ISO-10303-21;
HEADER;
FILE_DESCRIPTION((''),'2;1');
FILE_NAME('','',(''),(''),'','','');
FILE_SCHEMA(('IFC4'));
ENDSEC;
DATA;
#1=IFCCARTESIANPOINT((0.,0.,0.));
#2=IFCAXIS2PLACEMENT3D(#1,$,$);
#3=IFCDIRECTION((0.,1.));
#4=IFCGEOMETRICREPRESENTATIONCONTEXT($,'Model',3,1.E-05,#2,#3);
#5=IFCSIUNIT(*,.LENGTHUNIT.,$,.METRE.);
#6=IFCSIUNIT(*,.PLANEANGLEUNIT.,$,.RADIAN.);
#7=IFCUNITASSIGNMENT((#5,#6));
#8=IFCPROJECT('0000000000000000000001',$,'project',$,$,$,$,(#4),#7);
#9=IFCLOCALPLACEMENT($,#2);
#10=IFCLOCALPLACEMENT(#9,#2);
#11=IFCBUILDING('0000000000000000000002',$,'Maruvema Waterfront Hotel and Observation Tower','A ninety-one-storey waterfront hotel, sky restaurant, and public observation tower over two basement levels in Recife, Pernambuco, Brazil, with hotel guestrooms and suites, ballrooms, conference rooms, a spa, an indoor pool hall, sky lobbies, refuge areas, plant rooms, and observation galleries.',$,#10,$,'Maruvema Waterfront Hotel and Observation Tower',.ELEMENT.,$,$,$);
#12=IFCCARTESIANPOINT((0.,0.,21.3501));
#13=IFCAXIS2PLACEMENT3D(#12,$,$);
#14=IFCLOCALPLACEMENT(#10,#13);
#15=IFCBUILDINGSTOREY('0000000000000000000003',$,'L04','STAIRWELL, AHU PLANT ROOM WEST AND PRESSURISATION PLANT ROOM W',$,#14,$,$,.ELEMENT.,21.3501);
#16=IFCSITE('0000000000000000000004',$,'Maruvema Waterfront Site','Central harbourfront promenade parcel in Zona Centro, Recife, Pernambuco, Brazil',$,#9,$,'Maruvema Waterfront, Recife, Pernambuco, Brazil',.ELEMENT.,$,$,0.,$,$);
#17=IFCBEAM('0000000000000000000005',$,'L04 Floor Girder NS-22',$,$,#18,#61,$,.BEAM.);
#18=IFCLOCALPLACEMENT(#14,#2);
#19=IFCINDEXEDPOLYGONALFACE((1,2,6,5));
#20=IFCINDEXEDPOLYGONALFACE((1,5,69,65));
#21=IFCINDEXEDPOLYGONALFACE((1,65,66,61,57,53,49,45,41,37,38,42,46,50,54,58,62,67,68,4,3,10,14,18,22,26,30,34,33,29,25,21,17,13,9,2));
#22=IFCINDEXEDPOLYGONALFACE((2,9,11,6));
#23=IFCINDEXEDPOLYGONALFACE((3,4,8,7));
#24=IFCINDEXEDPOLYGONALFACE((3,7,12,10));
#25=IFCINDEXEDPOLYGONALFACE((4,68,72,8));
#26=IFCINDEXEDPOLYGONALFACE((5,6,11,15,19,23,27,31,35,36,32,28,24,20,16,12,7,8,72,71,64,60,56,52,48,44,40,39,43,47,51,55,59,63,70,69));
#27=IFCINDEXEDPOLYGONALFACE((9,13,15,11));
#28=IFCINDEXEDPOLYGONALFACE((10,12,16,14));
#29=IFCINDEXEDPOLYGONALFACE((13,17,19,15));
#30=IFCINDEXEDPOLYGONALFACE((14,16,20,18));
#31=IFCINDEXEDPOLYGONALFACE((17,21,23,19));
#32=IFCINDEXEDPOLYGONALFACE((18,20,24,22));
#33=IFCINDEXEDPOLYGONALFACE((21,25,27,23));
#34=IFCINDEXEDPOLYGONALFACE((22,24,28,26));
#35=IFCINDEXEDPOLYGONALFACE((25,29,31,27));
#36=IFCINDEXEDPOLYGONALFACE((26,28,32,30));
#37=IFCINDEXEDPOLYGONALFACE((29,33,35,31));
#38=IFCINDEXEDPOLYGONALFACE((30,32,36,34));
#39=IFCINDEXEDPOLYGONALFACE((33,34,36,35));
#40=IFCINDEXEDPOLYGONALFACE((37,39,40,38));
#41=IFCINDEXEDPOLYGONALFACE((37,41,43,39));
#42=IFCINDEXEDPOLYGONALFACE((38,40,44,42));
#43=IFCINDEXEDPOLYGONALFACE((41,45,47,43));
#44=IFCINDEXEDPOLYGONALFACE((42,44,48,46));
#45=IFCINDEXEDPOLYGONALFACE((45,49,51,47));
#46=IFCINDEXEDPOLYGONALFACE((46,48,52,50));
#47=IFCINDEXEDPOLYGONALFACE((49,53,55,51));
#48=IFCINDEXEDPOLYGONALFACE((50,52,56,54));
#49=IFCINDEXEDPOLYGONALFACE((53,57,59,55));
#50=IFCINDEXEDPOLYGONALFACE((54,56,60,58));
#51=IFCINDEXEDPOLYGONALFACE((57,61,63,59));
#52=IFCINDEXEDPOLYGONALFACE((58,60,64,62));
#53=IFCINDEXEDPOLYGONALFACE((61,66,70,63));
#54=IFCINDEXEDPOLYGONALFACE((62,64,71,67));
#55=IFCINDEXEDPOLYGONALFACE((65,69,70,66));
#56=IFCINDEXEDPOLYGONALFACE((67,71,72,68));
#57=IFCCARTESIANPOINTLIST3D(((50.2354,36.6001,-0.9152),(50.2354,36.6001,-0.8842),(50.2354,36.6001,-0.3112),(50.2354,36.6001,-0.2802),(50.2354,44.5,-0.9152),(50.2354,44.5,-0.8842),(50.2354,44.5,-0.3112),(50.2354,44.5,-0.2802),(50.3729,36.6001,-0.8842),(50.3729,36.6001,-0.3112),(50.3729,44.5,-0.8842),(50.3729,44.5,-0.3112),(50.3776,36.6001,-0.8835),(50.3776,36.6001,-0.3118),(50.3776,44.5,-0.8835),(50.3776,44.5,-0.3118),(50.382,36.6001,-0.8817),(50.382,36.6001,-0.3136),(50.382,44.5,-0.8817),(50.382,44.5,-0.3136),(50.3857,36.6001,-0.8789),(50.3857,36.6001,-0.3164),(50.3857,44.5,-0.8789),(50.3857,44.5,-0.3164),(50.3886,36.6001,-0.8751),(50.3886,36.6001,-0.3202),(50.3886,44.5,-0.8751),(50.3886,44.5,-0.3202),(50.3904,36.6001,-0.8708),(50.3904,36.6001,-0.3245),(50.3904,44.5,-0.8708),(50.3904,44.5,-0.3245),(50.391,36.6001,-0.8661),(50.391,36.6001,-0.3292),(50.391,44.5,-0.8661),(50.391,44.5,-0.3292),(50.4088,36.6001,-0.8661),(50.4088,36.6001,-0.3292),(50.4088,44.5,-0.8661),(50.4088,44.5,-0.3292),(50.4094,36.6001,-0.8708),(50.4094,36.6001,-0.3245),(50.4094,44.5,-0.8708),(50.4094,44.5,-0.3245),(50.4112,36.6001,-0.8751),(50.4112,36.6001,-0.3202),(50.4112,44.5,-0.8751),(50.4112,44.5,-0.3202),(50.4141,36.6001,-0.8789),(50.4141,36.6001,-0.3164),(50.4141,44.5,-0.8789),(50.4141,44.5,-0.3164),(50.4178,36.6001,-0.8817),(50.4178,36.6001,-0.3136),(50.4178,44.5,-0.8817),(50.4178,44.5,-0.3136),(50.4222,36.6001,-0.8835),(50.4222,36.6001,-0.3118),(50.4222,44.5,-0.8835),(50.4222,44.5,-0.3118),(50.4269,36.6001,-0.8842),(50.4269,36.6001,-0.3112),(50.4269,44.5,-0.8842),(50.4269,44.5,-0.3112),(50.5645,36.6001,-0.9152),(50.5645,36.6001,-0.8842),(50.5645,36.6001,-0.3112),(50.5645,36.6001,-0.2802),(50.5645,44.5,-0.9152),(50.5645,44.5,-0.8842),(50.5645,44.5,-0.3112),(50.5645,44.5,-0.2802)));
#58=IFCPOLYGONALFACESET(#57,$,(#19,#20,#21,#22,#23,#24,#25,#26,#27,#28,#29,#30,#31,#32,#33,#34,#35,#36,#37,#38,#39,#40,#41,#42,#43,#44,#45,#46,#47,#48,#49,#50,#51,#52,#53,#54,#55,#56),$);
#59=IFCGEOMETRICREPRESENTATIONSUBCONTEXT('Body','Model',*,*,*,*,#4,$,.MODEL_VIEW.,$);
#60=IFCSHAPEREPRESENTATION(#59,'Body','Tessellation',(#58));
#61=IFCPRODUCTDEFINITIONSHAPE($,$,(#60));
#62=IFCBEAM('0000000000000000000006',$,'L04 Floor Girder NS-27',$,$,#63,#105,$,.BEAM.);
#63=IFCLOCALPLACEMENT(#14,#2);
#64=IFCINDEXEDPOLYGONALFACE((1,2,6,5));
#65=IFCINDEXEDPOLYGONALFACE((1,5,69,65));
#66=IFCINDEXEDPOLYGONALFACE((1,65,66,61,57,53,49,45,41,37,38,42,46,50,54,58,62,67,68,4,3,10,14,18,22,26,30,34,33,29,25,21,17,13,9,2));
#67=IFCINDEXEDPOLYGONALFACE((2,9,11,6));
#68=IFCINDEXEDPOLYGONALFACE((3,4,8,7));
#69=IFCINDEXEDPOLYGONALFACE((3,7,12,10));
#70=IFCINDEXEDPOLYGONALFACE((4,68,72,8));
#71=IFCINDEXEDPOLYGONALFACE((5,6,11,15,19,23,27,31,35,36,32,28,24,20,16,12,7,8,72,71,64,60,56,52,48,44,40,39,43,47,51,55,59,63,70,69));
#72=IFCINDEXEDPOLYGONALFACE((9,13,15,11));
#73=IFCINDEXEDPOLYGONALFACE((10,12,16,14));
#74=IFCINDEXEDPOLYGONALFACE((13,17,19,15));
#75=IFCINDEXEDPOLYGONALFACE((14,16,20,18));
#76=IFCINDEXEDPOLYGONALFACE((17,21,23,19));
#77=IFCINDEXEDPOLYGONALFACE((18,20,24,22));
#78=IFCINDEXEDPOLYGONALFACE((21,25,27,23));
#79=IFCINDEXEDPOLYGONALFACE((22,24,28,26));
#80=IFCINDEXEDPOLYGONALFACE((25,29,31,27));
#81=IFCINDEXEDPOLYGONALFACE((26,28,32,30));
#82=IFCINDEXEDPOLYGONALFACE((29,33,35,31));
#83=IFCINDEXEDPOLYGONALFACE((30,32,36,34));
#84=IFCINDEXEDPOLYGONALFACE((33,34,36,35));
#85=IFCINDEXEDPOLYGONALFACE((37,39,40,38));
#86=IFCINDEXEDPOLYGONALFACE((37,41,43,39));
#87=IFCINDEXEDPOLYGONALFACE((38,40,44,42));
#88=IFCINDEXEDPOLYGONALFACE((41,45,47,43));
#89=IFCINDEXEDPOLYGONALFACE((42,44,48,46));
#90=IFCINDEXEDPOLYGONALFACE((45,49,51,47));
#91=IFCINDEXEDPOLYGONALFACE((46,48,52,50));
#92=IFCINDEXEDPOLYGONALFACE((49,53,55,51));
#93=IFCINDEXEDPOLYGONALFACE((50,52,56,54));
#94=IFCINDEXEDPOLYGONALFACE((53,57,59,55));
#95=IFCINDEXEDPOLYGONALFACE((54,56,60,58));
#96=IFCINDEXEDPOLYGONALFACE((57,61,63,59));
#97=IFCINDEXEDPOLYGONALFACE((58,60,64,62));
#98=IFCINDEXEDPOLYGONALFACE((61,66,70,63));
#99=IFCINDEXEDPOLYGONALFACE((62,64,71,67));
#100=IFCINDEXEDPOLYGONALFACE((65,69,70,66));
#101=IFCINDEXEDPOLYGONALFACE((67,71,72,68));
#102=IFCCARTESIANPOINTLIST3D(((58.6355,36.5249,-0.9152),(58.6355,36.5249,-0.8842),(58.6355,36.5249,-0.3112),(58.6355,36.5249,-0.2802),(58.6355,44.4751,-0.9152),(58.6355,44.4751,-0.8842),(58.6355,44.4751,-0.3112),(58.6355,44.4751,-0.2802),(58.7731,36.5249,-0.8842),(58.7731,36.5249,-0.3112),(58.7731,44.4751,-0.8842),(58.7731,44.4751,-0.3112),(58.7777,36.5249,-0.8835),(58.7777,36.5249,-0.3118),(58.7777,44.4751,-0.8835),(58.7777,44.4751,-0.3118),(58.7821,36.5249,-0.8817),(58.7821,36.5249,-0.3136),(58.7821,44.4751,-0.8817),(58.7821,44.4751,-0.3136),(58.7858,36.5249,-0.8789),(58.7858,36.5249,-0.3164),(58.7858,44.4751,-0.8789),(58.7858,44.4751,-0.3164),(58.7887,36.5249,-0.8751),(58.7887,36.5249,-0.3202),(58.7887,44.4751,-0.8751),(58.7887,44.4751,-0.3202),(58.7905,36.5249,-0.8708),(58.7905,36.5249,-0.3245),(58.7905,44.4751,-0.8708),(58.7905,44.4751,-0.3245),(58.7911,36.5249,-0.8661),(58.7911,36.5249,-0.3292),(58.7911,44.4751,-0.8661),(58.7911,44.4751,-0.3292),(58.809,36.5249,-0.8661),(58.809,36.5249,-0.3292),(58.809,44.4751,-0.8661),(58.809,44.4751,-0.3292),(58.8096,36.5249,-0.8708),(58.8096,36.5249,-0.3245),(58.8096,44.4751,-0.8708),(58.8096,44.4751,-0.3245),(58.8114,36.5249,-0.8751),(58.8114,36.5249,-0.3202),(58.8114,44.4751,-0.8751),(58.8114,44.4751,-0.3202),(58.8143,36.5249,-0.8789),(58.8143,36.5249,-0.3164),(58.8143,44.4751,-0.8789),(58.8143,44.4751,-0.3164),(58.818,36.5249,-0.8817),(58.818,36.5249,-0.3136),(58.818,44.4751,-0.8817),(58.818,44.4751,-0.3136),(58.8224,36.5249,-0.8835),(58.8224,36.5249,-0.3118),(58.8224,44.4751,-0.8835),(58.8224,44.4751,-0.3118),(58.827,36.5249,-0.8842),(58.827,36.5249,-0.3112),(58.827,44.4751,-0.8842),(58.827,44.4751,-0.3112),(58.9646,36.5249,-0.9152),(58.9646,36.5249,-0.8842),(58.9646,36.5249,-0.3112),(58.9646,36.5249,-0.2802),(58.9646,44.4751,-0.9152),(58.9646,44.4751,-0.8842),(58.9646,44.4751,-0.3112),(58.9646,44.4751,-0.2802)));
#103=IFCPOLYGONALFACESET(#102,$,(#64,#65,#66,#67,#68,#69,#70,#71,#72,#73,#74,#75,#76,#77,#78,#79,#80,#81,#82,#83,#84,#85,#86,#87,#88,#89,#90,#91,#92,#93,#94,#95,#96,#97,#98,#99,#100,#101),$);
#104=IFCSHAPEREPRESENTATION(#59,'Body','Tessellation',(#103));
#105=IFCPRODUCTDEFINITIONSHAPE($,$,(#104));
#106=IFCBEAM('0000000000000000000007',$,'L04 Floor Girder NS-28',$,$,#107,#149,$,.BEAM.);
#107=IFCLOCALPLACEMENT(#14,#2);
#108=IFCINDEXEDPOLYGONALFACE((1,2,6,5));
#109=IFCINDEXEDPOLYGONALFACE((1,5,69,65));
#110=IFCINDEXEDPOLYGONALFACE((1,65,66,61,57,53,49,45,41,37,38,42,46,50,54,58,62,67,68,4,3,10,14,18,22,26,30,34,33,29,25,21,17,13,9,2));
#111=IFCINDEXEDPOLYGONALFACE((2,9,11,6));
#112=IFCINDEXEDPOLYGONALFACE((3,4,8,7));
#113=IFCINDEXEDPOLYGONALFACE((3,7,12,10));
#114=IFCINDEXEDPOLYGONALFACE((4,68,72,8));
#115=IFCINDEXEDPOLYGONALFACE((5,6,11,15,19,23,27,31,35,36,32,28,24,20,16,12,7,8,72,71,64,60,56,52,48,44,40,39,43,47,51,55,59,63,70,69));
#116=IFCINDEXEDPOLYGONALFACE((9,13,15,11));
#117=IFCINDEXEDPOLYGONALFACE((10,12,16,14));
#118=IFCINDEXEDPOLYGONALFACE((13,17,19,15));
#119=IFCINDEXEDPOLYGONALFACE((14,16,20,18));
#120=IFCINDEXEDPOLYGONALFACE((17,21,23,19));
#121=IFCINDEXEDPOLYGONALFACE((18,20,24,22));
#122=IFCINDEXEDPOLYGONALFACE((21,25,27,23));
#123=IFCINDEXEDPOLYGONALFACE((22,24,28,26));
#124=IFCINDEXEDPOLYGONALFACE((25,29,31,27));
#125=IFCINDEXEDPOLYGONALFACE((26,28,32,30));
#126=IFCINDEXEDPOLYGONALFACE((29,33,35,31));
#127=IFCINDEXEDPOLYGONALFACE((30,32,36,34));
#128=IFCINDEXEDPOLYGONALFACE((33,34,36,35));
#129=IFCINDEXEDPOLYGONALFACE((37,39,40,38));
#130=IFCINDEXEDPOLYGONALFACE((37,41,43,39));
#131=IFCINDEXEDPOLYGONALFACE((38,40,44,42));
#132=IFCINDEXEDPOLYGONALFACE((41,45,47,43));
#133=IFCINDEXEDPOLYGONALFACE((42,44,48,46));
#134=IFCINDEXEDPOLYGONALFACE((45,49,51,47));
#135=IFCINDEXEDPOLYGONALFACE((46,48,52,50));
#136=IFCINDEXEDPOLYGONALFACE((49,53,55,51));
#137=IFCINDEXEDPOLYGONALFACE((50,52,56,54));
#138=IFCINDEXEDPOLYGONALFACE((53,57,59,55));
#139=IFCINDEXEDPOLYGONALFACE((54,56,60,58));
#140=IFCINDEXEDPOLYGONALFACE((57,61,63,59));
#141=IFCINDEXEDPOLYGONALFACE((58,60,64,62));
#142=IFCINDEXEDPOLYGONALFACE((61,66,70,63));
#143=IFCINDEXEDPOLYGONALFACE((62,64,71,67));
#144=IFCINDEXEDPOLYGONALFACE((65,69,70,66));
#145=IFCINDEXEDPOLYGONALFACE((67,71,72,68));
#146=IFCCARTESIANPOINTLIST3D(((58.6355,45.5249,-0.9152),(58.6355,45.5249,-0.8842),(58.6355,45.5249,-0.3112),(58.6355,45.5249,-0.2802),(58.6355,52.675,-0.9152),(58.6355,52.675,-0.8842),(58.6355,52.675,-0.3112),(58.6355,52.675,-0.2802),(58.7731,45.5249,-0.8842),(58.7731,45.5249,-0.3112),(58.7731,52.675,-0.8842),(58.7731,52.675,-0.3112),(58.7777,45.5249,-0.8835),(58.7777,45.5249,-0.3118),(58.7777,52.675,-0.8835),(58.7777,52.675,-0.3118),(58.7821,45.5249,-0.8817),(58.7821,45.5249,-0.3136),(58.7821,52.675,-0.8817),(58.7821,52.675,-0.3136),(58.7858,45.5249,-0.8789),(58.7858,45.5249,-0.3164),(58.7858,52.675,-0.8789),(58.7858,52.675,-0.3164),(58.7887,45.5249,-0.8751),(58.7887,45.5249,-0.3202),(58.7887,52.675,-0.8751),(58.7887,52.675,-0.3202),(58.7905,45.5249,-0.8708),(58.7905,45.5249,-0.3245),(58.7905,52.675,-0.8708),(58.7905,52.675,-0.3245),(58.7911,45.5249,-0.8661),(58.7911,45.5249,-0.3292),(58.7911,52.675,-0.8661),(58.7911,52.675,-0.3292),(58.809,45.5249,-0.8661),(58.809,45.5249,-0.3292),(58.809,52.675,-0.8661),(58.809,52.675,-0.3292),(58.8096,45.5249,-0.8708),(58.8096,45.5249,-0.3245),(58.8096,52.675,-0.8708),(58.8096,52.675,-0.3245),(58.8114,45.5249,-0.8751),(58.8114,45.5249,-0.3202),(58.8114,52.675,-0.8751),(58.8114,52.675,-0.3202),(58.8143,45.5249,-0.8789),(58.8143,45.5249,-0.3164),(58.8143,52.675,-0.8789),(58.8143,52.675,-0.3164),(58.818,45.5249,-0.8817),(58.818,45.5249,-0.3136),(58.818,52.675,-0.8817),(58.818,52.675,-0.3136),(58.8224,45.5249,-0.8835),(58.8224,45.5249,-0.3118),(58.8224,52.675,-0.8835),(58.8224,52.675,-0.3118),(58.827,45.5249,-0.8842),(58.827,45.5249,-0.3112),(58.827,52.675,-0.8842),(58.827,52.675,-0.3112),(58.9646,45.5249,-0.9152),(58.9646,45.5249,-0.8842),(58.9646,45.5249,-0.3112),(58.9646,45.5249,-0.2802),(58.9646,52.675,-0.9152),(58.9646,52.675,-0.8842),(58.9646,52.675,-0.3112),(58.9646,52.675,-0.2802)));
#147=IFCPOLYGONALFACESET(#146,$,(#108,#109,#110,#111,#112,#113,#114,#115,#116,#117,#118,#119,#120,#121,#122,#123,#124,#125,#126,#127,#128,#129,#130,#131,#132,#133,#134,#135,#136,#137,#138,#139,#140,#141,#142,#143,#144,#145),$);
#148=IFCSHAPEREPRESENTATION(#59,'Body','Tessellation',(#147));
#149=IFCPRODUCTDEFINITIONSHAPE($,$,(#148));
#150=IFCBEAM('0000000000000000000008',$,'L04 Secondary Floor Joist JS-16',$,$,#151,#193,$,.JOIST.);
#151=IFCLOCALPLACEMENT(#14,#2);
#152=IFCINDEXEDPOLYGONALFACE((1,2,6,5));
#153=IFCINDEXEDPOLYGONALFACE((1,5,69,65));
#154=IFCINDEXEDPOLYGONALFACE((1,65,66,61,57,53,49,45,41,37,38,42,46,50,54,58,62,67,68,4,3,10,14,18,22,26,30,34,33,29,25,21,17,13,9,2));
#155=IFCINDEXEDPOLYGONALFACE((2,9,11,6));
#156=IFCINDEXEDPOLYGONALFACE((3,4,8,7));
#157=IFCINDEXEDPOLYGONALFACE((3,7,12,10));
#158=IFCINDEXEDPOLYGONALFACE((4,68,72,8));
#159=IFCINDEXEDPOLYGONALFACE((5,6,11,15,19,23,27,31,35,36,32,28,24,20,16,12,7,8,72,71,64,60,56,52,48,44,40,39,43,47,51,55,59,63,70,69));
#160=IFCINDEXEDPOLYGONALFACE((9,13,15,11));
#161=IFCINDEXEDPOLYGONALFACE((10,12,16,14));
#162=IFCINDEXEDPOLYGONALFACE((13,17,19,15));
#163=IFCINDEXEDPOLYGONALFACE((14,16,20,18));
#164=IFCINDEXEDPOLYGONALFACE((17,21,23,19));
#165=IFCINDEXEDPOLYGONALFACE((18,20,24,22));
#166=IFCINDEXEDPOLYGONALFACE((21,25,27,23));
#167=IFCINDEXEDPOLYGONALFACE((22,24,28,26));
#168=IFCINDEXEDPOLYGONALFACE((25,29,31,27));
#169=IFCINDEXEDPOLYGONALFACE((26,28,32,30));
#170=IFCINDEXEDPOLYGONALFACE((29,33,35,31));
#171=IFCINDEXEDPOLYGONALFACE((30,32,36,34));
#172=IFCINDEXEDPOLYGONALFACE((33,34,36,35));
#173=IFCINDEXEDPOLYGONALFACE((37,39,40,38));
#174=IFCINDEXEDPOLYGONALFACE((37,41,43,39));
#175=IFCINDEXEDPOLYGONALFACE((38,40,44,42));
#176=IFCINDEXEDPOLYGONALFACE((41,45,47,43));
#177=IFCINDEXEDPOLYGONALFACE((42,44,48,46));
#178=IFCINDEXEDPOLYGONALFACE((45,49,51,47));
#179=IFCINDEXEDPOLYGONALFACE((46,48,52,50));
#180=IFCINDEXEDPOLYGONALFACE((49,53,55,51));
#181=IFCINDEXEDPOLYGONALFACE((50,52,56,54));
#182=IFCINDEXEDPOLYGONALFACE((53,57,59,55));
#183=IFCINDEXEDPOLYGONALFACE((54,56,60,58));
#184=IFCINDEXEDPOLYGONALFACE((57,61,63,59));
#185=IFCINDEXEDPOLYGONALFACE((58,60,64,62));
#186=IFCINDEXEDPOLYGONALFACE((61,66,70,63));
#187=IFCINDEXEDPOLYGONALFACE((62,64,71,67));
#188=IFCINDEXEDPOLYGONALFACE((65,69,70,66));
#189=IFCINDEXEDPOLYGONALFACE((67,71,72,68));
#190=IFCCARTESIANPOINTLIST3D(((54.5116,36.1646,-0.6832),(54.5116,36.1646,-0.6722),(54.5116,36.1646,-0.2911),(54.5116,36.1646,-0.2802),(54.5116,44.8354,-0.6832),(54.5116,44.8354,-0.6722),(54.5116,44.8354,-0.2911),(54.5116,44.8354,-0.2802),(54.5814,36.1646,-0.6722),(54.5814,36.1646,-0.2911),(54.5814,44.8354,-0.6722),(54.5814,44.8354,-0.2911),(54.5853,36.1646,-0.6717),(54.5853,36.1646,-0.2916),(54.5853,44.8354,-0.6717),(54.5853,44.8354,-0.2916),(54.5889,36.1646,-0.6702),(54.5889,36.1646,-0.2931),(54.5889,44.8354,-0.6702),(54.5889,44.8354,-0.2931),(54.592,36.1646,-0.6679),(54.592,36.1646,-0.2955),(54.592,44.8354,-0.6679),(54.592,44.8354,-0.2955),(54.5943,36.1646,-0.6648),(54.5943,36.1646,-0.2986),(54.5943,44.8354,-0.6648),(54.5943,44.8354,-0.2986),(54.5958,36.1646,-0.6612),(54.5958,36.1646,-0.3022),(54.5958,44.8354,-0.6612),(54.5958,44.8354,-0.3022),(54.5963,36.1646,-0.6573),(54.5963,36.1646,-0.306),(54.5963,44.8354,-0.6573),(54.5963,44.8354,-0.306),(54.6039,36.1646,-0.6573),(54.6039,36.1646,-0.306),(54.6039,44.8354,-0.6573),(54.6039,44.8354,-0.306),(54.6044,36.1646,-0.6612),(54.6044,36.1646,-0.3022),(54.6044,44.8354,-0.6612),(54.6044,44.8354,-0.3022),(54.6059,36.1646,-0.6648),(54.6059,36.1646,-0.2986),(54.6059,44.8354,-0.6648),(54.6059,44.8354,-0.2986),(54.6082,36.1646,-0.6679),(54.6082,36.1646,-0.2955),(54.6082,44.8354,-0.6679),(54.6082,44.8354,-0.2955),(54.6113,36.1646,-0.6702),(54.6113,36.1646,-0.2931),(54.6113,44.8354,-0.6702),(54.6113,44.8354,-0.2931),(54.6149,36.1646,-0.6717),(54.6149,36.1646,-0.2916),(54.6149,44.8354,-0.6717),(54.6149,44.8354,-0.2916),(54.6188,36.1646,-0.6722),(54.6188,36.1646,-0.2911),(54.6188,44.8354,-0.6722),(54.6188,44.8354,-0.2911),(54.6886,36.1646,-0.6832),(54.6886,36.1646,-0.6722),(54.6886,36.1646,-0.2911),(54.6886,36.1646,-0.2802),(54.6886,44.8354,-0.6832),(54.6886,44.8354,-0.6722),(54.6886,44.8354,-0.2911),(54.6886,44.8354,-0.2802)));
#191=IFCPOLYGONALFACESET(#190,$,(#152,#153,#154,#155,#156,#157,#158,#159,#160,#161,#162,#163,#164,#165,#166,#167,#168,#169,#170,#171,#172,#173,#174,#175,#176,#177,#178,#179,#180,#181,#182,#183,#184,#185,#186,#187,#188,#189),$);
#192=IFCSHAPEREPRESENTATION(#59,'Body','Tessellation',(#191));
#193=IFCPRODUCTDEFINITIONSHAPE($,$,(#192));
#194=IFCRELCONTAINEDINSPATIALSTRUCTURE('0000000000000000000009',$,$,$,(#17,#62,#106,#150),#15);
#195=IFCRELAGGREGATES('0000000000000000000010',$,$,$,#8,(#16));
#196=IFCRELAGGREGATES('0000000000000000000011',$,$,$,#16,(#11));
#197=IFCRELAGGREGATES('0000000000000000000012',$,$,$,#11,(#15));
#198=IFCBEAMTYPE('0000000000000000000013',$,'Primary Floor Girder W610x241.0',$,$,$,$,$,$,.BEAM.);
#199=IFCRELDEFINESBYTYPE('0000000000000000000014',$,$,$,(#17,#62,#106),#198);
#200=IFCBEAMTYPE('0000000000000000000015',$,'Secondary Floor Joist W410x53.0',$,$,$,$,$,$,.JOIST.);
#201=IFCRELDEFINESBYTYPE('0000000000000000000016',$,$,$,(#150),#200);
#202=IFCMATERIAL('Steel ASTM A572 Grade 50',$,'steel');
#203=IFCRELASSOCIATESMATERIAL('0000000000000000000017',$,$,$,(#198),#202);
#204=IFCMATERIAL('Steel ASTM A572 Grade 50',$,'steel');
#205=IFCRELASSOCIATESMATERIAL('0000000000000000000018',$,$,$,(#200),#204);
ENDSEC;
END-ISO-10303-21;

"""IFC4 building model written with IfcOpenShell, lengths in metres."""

from ifc_helpers import new_model, si_unit, direction, frame, origin, origin_2d, place, context, subcontext, project, spatial, i_section, extrude, material, material_profile, profile_set, type_object, element, save


model = new_model("IFC4")

# Units and contexts
model_context = context("Model", 3, precision=1e-05, world=origin(), true_north=direction((0.0, 1.0)))
body_context = subcontext(model_context, "Body", "Model", "MODEL_VIEW")
ifc_project = project(units=[si_unit("LENGTHUNIT", "METRE"), si_unit("PLANEANGLEUNIT", "RADIAN")], contexts=[model_context])

# Site, building, storey
site_placement = place(None, origin())
site = spatial("IfcSite", under=ifc_project, at=site_placement, Name="Maruvema Waterfront Site", Description="Central harbourfront promenade parcel in Zona Centro, Recife, Pernambuco, Brazil", LongName="Maruvema Waterfront, Recife, Pernambuco, Brazil", CompositionType="ELEMENT", RefElevation=0.0)
building_placement = place(site_placement, origin())
building = spatial("IfcBuilding", under=site, at=building_placement, Name="Maruvema Waterfront Hotel and Observation Tower", Description="A ninety-one-storey waterfront hotel, sky restaurant, and public observation tower over two basement levels in Recife, Pernambuco, Brazil, with hotel guestrooms and suites, ballrooms, conference rooms, a spa, an indoor pool hall, sky lobbies, refuge areas, plant rooms, and observation galleries.", LongName="Maruvema Waterfront Hotel and Observation Tower", CompositionType="ELEMENT")
storey_placement = place(building_placement, frame((0.0, 0.0, 21.3501)))
storey = spatial("IfcBuildingStorey", under=building, at=storey_placement, Name="L04", Description="STAIRWELL, AHU PLANT ROOM WEST AND PRESSURISATION PLANT ROOM W", CompositionType="ELEMENT", Elevation=21.3501)

# Beams
ifc_material_1 = material(Name="Steel ASTM A572 Grade 50", Category="steel")
ifc_material_profile_1 = material_profile(ifc_material_1, i_section(OverallWidth=0.3291, OverallDepth=0.635, WebThickness=0.0178, FlangeThickness=0.031, FilletRadius=0.0181, at=origin_2d()), Name="W610x241.0")
ifc_profile_set_1 = profile_set([ifc_material_profile_1], Name="Steel ASTM A572 Grade 50")
beam_type_1 = type_object("IfcBeamType", Name="Primary Floor Girder W610x241.0", PredefinedType="BEAM", material=ifc_profile_set_1)
beam_1_placement = place(storey_placement, frame((50.3999, 36.6001, -0.5977), z_axis=(0.0, 1.0, 0.0), x_axis=(-1.0, 0.0, 0.0)))
element("IfcBeam", 1, at=beam_1_placement, inside=storey, type_object=beam_type_1, Name="L04 Floor Girder NS-22", PredefinedType="BEAM", context=body_context, shape_type="SweptSolid", body=[
    extrude(i_section(OverallWidth=0.3291, OverallDepth=0.635, WebThickness=0.0178, FlangeThickness=0.031, FilletRadius=0.0181, at=origin_2d()), origin(), (0.0, 0.0, 1.0), 7.8999),
])
beam_2_placement = place(storey_placement, frame((58.8, 36.5249, -0.5977), z_axis=(0.0, 1.0, 0.0), x_axis=(-1.0, 0.0, 0.0)))
element("IfcBeam", 2, at=beam_2_placement, inside=storey, type_object=beam_type_1, Name="L04 Floor Girder NS-27", PredefinedType="BEAM", context=body_context, shape_type="SweptSolid", body=[
    extrude(i_section(OverallWidth=0.3291, OverallDepth=0.635, WebThickness=0.0178, FlangeThickness=0.031, FilletRadius=0.0181, at=origin_2d()), origin(), (0.0, 0.0, 1.0), 7.9502),
])
beam_3_placement = place(storey_placement, frame((58.8, 45.5249, -0.5977), z_axis=(0.0, 1.0, 0.0), x_axis=(-1.0, 0.0, 0.0)))
element("IfcBeam", 3, at=beam_3_placement, inside=storey, type_object=beam_type_1, Name="L04 Floor Girder NS-28", PredefinedType="BEAM", context=body_context, shape_type="SweptSolid", body=[
    extrude(i_section(OverallWidth=0.3291, OverallDepth=0.635, WebThickness=0.0178, FlangeThickness=0.031, FilletRadius=0.0181, at=origin_2d()), origin(), (0.0, 0.0, 1.0), 7.1501),
])
ifc_material_2 = material(Name="Steel ASTM A572 Grade 50", Category="steel")
ifc_material_profile_2 = material_profile(ifc_material_2, i_section(OverallWidth=0.177, OverallDepth=0.4031, WebThickness=0.0076, FlangeThickness=0.011, FilletRadius=0.0149, at=origin_2d()), Name="W410x53.0")
ifc_profile_set_2 = profile_set([ifc_material_profile_2], Name="Steel ASTM A572 Grade 50")
beam_type_2 = type_object("IfcBeamType", Name="Secondary Floor Joist W410x53.0", PredefinedType="JOIST", material=ifc_profile_set_2)
beam_4_placement = place(storey_placement, frame((54.6001, 36.1646, -0.4817), z_axis=(0.0, 1.0, 0.0), x_axis=(-1.0, 0.0, 0.0)))
element("IfcBeam", 4, at=beam_4_placement, inside=storey, type_object=beam_type_2, Name="L04 Secondary Floor Joist JS-16", PredefinedType="JOIST", context=body_context, shape_type="SweptSolid", body=[
    extrude(i_section(OverallWidth=0.177, OverallDepth=0.4031, WebThickness=0.0076, FlangeThickness=0.011, FilletRadius=0.0149, at=origin_2d()), origin(), (0.0, 0.0, 1.0), 8.6709),
])

save(model, "model.ifc")
